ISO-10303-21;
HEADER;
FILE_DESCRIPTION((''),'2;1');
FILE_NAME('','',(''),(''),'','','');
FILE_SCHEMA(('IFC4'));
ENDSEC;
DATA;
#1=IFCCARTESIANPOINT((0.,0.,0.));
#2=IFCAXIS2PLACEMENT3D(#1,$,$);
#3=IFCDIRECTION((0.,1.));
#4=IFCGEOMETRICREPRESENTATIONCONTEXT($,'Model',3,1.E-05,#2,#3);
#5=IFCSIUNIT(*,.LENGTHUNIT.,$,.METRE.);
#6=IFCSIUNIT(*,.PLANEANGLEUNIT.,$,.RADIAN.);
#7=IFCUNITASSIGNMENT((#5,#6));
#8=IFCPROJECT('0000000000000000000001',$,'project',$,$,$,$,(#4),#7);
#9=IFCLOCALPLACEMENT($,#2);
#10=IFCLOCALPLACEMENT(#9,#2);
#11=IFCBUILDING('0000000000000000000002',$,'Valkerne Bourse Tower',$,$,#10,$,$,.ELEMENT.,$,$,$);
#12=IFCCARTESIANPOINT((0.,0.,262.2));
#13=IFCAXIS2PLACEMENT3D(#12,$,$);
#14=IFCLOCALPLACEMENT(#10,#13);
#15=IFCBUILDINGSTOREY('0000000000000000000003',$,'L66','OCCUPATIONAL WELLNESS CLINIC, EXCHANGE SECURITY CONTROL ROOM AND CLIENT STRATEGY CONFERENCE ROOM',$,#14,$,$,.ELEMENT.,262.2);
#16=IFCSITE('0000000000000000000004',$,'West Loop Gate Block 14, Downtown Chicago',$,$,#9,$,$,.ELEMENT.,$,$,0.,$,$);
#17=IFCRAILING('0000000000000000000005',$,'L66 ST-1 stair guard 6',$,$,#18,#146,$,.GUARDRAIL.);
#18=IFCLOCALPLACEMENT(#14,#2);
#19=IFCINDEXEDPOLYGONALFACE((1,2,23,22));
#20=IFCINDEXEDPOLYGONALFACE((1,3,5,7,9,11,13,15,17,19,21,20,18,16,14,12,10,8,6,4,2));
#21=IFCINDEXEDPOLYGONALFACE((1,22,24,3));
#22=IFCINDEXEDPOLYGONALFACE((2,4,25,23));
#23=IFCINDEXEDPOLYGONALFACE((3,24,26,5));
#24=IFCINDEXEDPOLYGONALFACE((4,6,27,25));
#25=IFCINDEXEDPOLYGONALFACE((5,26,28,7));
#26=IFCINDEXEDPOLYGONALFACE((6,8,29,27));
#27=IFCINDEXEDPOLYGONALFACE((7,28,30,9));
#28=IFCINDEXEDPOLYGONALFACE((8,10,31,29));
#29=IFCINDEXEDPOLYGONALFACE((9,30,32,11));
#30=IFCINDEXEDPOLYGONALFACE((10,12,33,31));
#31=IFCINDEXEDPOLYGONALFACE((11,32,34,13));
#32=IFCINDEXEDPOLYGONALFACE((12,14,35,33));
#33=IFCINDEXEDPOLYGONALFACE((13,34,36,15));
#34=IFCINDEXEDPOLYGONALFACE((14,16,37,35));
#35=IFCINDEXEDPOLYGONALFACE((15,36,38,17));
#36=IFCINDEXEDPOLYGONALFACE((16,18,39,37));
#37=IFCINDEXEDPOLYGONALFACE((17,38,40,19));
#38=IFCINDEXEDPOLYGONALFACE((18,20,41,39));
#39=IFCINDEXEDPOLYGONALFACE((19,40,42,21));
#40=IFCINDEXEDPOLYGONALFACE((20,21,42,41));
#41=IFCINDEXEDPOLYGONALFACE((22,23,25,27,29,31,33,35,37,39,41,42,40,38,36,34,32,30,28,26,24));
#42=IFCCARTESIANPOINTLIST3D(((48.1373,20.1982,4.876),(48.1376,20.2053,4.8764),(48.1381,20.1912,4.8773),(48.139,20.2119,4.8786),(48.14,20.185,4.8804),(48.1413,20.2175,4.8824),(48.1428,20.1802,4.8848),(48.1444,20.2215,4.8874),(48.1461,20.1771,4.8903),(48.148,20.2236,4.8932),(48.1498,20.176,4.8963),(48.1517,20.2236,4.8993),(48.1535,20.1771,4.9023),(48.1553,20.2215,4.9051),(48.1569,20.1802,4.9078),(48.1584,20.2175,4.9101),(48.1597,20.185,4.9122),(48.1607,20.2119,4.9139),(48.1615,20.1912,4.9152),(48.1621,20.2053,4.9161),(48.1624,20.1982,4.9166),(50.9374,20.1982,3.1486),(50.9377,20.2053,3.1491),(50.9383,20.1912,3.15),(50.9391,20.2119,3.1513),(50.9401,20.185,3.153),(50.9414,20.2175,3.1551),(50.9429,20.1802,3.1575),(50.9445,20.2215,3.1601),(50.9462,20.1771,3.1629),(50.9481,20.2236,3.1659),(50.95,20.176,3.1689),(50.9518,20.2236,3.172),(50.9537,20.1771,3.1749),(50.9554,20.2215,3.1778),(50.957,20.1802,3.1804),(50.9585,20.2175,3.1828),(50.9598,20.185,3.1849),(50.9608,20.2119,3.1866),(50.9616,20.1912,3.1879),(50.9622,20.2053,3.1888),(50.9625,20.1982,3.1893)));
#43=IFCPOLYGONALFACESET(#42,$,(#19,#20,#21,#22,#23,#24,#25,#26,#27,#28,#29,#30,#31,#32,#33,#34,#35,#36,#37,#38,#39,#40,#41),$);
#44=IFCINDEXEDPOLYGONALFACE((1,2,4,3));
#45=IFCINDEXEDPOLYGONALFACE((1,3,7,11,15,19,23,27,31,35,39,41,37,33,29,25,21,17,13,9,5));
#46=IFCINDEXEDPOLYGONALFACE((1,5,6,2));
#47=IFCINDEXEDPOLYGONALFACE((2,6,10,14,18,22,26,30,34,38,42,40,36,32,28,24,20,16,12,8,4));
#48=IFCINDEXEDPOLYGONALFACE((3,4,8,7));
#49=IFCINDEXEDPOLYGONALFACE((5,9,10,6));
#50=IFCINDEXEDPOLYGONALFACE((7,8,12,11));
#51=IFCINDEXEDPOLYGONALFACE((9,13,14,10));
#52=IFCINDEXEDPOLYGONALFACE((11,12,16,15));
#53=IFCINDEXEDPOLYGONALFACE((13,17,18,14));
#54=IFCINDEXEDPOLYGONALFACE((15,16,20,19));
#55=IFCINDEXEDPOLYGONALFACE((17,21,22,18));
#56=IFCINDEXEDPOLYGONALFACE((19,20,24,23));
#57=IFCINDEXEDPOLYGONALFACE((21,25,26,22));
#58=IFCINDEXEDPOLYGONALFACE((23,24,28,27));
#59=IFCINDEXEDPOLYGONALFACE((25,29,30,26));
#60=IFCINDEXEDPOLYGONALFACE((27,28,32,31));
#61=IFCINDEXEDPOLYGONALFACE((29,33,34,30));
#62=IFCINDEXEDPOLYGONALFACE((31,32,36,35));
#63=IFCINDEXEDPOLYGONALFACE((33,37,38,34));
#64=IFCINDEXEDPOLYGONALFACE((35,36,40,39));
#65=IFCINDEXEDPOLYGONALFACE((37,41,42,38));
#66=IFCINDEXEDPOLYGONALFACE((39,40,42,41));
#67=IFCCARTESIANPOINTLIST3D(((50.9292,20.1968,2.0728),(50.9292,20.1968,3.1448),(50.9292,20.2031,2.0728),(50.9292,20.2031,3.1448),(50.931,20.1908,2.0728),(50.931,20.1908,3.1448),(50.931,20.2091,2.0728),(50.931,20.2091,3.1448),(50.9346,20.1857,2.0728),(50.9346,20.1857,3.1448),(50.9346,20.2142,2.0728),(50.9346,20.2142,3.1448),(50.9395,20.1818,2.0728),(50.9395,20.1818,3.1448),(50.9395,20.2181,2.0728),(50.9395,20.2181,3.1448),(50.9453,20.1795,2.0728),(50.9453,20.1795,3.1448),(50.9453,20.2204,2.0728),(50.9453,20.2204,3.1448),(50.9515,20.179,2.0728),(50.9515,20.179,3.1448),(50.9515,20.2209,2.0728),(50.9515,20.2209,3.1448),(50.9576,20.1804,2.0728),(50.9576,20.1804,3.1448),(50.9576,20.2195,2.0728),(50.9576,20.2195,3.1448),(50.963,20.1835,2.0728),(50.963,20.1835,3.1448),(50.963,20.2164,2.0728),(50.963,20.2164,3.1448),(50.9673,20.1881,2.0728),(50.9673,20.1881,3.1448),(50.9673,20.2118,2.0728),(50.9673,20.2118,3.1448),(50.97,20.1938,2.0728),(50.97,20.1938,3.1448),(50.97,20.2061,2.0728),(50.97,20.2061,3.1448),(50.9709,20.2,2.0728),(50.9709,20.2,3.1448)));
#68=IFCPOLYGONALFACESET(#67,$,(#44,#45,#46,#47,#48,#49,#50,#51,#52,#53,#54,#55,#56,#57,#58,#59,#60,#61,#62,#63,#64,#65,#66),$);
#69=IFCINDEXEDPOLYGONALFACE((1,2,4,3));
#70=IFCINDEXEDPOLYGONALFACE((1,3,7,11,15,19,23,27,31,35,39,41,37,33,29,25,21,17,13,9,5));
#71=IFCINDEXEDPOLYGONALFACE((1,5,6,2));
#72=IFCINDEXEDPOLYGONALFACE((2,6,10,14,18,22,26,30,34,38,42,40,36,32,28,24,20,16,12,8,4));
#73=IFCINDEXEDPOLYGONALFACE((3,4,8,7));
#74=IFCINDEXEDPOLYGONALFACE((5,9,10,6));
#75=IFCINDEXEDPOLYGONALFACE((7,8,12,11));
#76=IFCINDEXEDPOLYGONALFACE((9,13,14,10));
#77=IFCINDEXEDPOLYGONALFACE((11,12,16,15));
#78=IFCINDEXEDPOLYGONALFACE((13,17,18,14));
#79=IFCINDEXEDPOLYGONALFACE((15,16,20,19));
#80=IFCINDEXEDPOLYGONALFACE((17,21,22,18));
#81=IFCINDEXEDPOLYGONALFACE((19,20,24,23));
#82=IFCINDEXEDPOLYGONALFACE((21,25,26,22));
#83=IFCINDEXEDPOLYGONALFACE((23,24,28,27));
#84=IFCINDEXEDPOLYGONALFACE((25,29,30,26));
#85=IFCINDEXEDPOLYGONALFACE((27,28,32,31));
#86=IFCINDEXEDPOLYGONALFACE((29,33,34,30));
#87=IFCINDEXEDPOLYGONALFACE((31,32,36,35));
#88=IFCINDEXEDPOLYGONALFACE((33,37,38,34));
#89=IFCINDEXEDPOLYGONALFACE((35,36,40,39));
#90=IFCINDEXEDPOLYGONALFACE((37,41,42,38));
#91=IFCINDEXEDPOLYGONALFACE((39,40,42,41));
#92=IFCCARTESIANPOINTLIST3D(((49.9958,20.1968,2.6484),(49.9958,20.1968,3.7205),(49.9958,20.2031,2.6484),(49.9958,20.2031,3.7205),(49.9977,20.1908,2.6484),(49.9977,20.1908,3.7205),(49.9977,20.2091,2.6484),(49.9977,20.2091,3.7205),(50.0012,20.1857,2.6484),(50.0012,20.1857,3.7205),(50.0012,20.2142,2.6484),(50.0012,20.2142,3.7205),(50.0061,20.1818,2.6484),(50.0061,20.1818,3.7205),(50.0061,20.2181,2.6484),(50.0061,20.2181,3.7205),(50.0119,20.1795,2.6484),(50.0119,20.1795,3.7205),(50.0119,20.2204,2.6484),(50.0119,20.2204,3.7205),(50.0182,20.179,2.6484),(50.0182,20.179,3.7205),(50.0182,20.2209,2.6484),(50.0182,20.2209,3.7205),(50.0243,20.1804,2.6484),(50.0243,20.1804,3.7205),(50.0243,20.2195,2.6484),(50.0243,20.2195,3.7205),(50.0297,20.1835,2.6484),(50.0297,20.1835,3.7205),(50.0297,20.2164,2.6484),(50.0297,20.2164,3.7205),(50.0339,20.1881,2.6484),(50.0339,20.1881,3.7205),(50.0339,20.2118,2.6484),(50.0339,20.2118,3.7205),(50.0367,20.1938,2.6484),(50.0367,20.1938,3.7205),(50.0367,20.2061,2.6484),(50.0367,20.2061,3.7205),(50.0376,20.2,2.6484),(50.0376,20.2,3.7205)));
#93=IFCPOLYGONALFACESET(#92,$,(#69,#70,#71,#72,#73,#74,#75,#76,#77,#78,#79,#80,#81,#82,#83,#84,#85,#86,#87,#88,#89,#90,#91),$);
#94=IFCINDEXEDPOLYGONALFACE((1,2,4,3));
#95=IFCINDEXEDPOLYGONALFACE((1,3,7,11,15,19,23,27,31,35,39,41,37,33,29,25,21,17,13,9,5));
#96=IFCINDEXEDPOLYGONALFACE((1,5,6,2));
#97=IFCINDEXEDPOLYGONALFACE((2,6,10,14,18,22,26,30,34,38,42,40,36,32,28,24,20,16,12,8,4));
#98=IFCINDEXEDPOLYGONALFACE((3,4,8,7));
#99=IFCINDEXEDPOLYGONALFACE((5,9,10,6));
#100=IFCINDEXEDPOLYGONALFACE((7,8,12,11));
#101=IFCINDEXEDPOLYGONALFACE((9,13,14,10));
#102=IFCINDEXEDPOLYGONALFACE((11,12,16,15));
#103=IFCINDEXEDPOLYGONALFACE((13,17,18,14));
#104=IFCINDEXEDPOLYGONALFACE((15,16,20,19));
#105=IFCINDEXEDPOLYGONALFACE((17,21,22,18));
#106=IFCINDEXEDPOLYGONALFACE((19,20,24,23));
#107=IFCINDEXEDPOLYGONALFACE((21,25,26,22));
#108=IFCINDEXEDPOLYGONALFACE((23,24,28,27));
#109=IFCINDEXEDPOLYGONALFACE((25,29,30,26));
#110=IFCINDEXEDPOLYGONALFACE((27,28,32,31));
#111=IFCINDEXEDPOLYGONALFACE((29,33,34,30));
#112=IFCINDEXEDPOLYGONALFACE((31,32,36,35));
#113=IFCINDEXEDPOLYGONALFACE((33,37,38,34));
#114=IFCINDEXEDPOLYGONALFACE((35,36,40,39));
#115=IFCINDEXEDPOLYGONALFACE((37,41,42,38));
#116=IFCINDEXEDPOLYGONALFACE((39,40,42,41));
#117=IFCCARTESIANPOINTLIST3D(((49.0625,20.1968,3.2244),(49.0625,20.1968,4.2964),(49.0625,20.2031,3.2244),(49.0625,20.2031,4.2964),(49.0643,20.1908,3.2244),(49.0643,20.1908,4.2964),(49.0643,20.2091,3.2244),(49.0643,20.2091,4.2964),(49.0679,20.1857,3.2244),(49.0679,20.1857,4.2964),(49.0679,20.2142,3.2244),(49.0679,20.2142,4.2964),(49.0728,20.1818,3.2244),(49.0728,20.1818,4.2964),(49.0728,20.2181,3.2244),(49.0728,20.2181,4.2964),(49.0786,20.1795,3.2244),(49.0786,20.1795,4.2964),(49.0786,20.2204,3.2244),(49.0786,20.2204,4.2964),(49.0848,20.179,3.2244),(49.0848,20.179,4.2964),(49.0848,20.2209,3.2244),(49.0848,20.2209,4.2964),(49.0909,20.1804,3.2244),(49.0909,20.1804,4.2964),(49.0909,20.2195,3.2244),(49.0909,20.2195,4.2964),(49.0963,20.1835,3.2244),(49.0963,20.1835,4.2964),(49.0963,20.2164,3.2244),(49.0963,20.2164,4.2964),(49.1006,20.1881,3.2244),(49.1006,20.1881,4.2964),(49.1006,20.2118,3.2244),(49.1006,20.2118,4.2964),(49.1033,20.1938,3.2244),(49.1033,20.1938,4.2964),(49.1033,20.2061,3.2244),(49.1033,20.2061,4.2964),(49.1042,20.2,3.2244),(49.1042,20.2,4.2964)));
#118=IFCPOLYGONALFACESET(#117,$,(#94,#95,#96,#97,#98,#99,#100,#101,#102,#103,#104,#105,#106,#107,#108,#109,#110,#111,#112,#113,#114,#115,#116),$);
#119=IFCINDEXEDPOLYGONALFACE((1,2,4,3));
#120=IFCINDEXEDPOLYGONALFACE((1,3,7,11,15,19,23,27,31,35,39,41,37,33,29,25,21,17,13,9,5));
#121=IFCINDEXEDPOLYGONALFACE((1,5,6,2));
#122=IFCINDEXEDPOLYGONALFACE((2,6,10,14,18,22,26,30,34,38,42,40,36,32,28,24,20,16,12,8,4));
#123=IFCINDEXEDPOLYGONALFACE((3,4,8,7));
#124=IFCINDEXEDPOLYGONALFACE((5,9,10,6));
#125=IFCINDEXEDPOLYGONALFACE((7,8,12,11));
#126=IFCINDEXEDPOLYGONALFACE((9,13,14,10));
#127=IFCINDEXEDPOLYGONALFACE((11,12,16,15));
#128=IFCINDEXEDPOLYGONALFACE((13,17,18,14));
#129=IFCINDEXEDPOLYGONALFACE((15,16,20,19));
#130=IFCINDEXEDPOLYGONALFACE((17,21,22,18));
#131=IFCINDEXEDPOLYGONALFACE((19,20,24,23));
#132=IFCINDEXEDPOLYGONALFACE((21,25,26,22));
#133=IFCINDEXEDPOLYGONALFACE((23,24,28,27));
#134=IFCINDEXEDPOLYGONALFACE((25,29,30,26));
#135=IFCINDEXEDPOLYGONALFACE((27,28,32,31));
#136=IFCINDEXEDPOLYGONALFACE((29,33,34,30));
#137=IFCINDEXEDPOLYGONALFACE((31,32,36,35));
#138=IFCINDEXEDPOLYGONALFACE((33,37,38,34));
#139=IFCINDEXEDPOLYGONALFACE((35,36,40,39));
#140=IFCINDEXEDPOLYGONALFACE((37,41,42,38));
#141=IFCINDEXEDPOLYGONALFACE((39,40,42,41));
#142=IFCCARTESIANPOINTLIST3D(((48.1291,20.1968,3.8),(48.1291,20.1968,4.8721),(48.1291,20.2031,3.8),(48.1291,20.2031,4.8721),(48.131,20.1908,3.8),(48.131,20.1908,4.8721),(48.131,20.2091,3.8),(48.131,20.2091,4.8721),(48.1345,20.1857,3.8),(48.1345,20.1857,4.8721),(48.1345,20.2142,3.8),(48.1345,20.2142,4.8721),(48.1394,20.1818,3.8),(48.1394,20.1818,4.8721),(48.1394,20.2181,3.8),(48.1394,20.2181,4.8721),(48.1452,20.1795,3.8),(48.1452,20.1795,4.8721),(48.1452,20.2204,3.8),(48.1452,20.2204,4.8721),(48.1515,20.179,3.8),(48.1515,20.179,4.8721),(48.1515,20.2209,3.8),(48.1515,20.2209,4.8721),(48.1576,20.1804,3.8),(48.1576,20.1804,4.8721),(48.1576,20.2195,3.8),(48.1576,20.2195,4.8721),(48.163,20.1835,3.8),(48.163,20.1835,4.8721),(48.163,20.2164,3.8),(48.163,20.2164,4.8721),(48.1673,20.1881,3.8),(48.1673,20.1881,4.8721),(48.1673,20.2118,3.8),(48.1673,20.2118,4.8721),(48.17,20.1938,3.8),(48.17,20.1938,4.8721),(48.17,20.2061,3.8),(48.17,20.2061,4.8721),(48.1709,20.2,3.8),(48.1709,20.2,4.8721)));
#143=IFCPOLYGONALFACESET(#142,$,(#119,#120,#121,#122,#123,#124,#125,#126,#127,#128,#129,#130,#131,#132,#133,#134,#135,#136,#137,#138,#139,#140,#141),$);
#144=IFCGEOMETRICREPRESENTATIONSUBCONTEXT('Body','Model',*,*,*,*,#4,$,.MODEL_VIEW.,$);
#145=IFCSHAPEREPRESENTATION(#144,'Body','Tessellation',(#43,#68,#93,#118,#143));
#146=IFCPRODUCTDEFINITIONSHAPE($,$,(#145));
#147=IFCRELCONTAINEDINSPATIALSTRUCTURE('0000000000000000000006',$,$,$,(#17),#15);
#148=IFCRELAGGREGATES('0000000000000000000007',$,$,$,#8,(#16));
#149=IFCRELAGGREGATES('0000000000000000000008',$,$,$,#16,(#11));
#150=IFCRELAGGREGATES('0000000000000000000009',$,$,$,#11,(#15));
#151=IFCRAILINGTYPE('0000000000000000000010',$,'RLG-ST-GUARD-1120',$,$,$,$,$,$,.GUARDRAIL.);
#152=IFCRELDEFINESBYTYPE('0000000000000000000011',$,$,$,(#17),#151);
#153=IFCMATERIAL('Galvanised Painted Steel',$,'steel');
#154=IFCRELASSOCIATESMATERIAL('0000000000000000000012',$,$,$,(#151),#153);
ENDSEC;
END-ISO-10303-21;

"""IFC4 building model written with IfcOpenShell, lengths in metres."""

from ifc_helpers import new_model, si_unit, direction, frame, origin, origin_2d, place, context, subcontext, project, spatial, circle, extrude, material, type_object, element, save


model = new_model("IFC4")

# Units and contexts
model_context = context("Model", 3, precision=1e-05, world=origin(), true_north=direction((0.0, 1.0)))
body_context = subcontext(model_context, "Body", "Model", "MODEL_VIEW")
ifc_project = project(units=[si_unit("LENGTHUNIT", "METRE"), si_unit("PLANEANGLEUNIT", "RADIAN")], contexts=[model_context])

# Site, building, storey
site_placement = place(None, origin())
site = spatial("IfcSite", under=ifc_project, at=site_placement, Name="West Loop Gate Block 14, Downtown Chicago", CompositionType="ELEMENT", RefElevation=0.0)
building_placement = place(site_placement, origin())
building = spatial("IfcBuilding", under=site, at=building_placement, Name="Valkerne Bourse Tower", CompositionType="ELEMENT")
storey_placement = place(building_placement, frame((0.0, 0.0, 262.2)))
storey = spatial("IfcBuildingStorey", under=building, at=storey_placement, Name="L66", Description="OCCUPATIONAL WELLNESS CLINIC, EXCHANGE SECURITY CONTROL ROOM AND CLIENT STRATEGY CONFERENCE ROOM", CompositionType="ELEMENT", Elevation=262.2)

# Shared definitions
ifc_material_1 = material(Name="Galvanised Painted Steel", Category="steel")

# Railing
railing_type_1 = type_object("IfcRailingType", Name="RLG-ST-GUARD-1120", PredefinedType="GUARDRAIL", material=ifc_material_1)
railing_1_placement = place(storey_placement, frame((50.95, 20.2, 2.0728)))
element("IfcRailing", 1, at=railing_1_placement, inside=storey, type_object=railing_type_1, Name="L66 ST-1 stair guard 6", PredefinedType="GUARDRAIL", context=body_context, shape_type="SweptSolid", body=[
    extrude(circle(Radius=0.0239, at=origin_2d()), frame((0.0, 0.0, 1.0962), z_axis=(-0.85109, 0.0, 0.52502), x_axis=(0.0, -1.0, 0.0)), (0.0, 0.0, 1.0), 3.29),
    extrude(circle(Radius=0.021, at=origin_2d()), origin(), (0.0, 0.0, 1.0), 1.072),
    extrude(circle(Radius=0.021, at=origin_2d()), frame((-0.9333, 0.0, 0.5757)), (0.0, 0.0, 1.0), 1.072),
    extrude(circle(Radius=0.021, at=origin_2d()), frame((-1.8667, 0.0, 1.1516)), (0.0, 0.0, 1.0), 1.072),
    extrude(circle(Radius=0.021, at=origin_2d()), frame((-2.8, 0.0, 1.7273)), (0.0, 0.0, 1.0), 1.072),
])

save(model, "model.ifc")
